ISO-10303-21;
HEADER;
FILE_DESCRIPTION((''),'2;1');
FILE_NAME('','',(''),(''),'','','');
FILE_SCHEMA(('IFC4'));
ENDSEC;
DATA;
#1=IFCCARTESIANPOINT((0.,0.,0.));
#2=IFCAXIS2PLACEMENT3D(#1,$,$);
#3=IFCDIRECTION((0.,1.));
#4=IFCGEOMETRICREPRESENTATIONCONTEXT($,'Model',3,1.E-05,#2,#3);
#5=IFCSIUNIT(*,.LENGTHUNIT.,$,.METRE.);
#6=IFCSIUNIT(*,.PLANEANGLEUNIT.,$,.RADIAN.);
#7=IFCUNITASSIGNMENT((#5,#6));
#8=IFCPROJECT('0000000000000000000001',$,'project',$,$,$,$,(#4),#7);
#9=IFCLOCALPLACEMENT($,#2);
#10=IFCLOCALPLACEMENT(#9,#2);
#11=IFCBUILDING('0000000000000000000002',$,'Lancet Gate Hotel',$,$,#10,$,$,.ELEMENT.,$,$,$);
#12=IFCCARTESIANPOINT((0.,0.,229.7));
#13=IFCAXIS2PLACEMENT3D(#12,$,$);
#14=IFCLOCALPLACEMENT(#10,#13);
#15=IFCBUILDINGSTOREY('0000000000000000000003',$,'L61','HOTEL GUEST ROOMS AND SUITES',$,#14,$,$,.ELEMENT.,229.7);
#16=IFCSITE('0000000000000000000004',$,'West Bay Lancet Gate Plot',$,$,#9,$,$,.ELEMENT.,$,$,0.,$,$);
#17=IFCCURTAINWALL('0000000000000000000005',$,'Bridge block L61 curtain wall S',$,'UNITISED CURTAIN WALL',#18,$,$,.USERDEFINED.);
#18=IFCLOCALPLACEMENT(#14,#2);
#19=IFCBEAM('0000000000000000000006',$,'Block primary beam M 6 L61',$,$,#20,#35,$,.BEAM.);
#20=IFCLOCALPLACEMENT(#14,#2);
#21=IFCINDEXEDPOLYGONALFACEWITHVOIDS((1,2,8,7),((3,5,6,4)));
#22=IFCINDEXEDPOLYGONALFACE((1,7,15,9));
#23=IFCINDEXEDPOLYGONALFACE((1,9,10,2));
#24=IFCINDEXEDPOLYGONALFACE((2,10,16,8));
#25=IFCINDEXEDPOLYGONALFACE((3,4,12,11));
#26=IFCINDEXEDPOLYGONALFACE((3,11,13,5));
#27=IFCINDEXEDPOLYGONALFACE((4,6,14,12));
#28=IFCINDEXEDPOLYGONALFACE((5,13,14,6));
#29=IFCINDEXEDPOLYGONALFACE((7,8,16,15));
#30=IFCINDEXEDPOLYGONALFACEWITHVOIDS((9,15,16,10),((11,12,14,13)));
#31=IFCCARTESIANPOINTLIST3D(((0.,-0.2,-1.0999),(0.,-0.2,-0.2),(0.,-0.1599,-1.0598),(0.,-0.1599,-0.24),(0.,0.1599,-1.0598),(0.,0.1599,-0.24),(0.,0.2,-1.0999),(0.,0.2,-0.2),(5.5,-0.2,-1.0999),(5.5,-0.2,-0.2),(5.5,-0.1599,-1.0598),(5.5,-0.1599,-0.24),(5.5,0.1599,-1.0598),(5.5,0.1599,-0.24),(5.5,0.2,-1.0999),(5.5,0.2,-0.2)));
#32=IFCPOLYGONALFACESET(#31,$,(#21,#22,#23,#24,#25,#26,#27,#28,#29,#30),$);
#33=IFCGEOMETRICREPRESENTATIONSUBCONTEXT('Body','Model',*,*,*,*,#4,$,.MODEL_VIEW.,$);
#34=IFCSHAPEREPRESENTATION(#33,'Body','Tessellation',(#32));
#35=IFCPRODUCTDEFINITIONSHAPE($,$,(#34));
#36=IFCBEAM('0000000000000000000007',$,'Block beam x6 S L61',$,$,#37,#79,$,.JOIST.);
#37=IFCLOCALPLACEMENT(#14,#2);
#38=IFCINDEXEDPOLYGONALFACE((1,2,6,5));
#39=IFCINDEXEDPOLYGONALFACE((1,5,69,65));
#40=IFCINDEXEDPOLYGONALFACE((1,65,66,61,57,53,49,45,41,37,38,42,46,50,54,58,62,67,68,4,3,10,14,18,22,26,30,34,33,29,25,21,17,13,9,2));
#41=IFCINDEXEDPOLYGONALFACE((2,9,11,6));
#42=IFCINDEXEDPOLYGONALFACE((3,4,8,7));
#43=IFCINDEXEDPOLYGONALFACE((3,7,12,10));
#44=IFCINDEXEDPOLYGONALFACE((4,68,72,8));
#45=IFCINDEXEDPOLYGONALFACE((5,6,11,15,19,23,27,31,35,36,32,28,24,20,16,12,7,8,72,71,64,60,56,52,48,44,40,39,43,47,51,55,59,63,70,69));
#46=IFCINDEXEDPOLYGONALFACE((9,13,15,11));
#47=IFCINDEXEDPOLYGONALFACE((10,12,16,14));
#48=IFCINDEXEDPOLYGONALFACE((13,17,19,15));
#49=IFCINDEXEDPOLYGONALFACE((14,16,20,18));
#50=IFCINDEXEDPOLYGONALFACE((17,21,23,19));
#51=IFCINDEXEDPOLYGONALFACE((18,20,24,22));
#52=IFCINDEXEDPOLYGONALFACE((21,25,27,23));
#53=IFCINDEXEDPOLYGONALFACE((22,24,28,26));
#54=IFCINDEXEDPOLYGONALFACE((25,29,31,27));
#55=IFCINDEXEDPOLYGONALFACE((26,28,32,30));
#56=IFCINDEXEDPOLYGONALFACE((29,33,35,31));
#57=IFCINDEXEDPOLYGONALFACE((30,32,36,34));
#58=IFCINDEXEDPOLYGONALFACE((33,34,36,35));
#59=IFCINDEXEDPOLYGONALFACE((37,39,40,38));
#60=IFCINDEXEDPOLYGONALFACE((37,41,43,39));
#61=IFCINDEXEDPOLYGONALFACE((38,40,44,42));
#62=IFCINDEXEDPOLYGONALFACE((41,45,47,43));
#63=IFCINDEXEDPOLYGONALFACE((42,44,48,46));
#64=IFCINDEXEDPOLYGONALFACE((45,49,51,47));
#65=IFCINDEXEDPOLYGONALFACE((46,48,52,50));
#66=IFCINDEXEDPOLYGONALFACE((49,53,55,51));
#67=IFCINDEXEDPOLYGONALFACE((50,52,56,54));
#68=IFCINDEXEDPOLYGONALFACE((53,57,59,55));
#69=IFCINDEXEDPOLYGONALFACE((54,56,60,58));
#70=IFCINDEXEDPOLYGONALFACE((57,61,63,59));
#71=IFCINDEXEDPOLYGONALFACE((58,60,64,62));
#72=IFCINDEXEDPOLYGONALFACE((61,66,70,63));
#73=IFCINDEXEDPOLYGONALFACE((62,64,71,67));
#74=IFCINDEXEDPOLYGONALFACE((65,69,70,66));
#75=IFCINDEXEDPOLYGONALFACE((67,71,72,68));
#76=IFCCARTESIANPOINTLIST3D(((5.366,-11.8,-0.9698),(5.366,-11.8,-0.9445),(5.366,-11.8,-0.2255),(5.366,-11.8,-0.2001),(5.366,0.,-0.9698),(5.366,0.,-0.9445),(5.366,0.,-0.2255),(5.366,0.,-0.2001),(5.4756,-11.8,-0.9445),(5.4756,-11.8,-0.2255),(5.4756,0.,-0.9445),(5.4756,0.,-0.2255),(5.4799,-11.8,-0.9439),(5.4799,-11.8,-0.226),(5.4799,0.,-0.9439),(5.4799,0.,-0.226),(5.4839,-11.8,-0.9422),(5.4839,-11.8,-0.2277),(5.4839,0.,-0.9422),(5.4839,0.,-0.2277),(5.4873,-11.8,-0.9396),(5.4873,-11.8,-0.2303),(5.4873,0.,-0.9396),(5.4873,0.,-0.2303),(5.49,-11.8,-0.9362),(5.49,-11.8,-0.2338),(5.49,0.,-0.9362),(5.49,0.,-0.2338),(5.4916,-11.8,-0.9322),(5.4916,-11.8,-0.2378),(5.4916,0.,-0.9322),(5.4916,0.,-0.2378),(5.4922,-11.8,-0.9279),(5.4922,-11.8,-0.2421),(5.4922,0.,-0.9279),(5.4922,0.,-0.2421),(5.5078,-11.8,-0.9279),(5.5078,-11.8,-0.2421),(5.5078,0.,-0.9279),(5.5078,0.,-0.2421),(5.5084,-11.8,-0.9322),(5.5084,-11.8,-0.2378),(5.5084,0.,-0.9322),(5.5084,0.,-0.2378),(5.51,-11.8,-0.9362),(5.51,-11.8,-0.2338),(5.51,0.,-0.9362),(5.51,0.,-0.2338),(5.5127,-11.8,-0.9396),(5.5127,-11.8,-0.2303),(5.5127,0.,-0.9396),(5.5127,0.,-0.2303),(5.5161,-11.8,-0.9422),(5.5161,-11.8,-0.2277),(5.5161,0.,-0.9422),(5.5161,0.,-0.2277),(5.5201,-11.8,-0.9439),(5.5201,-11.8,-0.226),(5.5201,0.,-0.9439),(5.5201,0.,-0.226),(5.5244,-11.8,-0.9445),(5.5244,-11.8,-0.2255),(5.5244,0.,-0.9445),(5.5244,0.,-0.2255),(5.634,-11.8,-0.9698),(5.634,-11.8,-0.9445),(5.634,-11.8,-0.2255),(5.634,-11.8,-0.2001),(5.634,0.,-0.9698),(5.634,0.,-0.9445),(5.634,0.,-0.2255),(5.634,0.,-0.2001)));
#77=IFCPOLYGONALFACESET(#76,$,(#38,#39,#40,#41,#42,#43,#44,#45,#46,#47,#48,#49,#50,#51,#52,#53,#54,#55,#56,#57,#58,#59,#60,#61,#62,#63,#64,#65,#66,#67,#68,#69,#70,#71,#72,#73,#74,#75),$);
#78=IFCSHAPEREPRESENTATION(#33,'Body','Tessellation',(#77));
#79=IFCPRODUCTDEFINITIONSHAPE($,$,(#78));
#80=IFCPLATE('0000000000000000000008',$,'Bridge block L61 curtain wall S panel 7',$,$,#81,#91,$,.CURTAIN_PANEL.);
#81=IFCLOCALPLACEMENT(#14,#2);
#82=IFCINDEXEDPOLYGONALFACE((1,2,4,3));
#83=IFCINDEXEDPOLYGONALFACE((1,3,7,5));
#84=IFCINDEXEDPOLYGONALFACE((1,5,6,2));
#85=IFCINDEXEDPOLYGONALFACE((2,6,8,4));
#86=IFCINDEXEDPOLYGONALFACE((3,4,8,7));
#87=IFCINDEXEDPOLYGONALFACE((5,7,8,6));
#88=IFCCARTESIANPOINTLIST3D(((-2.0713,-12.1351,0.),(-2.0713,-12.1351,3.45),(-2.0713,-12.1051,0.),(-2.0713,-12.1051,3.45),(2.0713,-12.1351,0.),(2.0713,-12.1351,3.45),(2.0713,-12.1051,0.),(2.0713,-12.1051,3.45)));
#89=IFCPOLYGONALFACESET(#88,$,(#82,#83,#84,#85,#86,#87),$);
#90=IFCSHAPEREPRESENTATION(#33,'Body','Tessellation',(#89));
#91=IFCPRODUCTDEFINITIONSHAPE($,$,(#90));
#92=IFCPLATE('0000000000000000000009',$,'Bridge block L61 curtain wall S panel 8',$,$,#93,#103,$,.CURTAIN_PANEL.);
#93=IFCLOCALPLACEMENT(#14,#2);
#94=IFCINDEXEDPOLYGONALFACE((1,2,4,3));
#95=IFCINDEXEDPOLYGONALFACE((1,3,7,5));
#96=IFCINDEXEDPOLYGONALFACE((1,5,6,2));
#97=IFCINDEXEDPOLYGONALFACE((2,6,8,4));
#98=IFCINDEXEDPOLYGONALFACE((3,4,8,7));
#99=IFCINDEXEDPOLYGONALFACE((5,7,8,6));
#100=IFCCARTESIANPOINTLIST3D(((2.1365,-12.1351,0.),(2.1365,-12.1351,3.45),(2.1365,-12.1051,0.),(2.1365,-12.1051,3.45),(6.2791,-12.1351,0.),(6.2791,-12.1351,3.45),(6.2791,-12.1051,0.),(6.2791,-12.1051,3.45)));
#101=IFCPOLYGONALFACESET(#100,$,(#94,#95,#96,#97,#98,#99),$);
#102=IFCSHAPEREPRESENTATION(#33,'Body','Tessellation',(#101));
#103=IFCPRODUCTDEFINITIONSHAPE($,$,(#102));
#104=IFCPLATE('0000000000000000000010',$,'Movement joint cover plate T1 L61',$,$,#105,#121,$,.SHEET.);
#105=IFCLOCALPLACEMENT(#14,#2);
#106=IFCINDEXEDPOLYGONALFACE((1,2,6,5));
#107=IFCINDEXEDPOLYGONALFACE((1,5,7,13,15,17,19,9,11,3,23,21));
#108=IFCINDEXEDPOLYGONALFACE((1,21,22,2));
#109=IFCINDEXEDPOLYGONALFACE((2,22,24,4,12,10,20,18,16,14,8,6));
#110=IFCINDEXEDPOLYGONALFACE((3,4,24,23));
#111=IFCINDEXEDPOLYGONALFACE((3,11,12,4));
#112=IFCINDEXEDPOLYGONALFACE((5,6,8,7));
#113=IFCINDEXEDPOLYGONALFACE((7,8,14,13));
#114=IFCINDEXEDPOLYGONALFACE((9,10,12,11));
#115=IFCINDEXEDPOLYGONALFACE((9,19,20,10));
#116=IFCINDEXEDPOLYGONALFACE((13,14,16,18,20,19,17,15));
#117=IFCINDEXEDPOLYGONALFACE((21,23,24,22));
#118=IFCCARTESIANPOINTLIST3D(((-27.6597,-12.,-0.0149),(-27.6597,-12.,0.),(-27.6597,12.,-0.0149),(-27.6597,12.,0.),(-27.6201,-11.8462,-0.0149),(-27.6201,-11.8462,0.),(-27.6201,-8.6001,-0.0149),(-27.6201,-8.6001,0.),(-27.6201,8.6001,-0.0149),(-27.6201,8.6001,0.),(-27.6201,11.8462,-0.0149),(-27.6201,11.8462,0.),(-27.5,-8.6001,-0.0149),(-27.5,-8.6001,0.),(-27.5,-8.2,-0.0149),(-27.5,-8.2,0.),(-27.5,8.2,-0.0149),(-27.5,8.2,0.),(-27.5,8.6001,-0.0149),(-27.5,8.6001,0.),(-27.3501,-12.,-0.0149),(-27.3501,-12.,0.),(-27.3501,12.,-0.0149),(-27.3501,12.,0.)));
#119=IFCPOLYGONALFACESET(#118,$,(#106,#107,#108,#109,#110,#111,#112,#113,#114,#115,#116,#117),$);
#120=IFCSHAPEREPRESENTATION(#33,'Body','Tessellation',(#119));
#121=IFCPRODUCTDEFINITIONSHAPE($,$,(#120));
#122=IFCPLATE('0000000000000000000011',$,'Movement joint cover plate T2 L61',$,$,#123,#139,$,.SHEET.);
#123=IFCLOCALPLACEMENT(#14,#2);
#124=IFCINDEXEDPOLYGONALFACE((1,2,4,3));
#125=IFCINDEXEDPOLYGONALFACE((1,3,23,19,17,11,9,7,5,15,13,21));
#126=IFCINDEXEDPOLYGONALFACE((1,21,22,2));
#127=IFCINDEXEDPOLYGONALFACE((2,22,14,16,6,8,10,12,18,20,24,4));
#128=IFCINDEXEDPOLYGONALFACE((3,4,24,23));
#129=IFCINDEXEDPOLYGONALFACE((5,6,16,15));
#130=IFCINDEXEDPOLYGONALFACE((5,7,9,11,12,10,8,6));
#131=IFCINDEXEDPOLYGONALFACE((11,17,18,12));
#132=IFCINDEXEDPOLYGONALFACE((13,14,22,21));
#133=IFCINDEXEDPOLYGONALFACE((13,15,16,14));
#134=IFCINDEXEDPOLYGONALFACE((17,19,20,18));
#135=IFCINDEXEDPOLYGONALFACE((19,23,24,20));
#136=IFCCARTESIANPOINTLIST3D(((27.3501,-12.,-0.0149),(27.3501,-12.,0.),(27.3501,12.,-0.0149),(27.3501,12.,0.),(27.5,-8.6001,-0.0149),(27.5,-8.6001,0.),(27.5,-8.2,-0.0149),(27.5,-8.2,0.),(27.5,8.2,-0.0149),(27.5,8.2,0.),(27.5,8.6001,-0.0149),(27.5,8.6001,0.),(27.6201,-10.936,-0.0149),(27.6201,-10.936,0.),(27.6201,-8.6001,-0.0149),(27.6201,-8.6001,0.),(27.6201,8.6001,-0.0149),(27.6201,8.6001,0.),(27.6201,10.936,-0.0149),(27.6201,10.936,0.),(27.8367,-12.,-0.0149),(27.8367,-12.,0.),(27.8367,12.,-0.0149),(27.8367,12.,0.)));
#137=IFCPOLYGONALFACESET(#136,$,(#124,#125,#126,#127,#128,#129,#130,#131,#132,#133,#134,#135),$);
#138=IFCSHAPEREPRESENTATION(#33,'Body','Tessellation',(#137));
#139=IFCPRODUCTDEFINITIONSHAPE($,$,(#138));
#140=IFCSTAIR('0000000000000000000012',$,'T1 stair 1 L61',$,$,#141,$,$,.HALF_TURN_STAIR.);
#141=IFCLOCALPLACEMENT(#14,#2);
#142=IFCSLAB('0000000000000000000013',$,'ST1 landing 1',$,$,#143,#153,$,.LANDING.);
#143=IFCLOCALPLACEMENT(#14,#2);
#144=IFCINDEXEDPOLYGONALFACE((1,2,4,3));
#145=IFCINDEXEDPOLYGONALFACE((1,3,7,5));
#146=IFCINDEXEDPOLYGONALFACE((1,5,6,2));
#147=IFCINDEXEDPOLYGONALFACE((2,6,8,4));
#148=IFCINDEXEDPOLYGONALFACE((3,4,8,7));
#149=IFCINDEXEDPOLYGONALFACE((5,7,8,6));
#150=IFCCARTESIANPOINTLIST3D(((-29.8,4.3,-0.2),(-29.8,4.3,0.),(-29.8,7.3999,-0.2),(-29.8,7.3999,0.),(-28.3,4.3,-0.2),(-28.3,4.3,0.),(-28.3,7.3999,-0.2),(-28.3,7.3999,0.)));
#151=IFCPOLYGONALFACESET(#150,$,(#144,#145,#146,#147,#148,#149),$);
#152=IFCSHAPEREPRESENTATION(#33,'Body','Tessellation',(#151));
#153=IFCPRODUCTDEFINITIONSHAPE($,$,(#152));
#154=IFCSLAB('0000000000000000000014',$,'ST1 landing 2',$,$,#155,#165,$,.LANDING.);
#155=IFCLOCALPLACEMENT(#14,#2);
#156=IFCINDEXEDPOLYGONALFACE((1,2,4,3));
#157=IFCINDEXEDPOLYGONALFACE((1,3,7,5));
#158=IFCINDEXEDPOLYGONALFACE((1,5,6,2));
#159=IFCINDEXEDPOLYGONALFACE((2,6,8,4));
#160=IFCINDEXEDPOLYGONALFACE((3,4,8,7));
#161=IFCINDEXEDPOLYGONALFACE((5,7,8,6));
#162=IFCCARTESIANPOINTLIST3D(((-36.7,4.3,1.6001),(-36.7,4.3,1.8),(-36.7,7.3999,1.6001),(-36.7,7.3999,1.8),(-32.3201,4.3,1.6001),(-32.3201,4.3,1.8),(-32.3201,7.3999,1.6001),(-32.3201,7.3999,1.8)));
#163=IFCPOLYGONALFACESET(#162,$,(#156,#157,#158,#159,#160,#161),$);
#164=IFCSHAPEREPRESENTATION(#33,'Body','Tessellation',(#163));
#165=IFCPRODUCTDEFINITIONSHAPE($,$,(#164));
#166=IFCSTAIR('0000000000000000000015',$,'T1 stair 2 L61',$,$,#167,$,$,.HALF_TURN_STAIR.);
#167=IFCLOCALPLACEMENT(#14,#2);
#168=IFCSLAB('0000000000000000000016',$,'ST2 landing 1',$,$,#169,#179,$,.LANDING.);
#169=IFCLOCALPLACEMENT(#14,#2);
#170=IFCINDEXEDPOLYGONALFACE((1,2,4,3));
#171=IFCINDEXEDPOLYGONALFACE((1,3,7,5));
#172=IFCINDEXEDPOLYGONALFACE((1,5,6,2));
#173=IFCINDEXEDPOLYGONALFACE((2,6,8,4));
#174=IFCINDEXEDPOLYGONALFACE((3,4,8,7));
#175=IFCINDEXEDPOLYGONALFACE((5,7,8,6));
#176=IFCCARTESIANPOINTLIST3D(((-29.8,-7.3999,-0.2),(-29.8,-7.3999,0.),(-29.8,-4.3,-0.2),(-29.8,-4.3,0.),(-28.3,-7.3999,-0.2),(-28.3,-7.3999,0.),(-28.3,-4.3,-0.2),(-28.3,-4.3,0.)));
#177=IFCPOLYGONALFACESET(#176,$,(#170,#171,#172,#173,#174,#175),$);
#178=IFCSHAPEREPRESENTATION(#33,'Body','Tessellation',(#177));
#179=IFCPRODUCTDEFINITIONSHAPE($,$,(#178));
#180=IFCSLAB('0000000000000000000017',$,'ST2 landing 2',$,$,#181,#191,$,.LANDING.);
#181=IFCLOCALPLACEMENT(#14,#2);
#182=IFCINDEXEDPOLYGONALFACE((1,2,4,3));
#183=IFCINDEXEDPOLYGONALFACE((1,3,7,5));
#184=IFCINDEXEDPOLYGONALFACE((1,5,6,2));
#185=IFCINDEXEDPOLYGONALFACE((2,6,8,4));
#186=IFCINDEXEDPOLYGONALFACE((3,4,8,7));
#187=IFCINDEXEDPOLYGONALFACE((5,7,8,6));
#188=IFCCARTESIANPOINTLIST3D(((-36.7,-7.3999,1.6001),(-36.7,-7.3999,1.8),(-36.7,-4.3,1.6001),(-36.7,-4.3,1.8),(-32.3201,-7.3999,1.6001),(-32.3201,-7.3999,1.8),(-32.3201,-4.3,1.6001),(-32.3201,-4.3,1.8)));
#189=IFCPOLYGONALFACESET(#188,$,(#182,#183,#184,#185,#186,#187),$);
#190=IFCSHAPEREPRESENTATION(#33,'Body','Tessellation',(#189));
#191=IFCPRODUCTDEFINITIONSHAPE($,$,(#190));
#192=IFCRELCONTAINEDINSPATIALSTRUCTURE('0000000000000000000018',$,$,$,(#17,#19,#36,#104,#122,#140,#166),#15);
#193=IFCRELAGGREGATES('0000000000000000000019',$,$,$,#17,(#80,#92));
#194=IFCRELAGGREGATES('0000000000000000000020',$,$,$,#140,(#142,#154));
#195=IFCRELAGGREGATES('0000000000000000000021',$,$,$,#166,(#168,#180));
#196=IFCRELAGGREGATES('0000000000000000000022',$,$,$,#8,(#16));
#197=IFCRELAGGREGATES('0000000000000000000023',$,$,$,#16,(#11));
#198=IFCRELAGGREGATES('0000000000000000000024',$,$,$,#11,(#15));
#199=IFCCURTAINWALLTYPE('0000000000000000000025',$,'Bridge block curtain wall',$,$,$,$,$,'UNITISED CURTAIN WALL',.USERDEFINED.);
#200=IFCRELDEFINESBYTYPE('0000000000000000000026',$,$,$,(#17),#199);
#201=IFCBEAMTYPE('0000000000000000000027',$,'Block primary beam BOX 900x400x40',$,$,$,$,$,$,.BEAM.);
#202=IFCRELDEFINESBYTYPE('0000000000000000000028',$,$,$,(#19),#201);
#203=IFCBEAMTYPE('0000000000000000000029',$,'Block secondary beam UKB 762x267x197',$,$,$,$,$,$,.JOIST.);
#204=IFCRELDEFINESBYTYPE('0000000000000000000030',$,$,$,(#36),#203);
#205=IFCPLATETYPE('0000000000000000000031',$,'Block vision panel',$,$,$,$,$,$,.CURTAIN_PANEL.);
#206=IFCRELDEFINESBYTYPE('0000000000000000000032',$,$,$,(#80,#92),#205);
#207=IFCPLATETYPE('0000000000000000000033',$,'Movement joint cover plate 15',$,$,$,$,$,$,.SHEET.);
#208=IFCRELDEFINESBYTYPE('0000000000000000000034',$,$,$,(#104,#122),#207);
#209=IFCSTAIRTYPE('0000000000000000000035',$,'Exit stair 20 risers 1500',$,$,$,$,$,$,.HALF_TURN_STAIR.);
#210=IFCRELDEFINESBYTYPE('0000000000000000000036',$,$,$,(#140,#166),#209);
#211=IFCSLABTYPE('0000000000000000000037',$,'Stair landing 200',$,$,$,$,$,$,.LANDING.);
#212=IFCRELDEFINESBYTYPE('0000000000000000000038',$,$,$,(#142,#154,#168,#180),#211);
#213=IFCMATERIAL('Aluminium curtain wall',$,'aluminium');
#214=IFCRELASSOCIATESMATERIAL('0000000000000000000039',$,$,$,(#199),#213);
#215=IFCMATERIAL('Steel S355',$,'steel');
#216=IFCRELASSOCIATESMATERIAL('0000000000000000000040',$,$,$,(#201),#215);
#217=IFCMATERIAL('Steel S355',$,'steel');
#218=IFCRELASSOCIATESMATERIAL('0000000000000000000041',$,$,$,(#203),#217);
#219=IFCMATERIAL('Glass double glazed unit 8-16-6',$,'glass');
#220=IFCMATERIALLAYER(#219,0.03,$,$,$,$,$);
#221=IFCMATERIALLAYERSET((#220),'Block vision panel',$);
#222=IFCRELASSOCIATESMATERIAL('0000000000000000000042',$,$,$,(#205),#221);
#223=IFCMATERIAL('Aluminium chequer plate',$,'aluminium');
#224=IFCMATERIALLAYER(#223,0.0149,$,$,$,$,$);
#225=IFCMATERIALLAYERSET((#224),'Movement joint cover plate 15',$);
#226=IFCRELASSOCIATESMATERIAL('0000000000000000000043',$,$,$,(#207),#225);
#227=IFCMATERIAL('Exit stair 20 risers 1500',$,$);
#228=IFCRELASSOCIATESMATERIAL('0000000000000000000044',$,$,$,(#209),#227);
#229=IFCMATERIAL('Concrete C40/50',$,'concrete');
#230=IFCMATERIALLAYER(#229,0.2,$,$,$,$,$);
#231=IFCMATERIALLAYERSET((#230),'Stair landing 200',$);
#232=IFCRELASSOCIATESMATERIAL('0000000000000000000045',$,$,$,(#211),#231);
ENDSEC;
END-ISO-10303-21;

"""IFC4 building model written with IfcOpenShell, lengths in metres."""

from ifc_helpers import new_model, si_unit, direction, frame, origin, origin_2d, place, context, subcontext, project, spatial, polyline, rectangle, hollow_rectangle, i_section, outline, extrude, material, layer, layer_set, material_profile, profile_set, type_object, element, aggregate, save


model = new_model("IFC4")

# Units and contexts
model_context = context("Model", 3, precision=1e-05, world=origin(), true_north=direction((0.0, 1.0)))
body_context = subcontext(model_context, "Body", "Model", "MODEL_VIEW")
ifc_project = project(units=[si_unit("LENGTHUNIT", "METRE"), si_unit("PLANEANGLEUNIT", "RADIAN")], contexts=[model_context])

# Site, building, storey
site_placement = place(None, origin())
site = spatial("IfcSite", under=ifc_project, at=site_placement, Name="West Bay Lancet Gate Plot", CompositionType="ELEMENT", RefElevation=0.0)
building_placement = place(site_placement, origin())
building = spatial("IfcBuilding", under=site, at=building_placement, Name="Lancet Gate Hotel", CompositionType="ELEMENT")
storey_placement = place(building_placement, frame((0.0, 0.0, 229.7)))
storey = spatial("IfcBuildingStorey", under=building, at=storey_placement, Name="L61", Description="HOTEL GUEST ROOMS AND SUITES", CompositionType="ELEMENT", Elevation=229.7)

# Curtain wall
ifc_material_1 = material(Name="Aluminium curtain wall", Category="aluminium")
curtain_wall_type = type_object("IfcCurtainWallType", Name="Bridge block curtain wall", ElementType="UNITISED CURTAIN WALL", PredefinedType="USERDEFINED", material=ifc_material_1)
curtain_wall_placement = place(storey_placement, origin())
curtain_wall = element("IfcCurtainWall", 1, at=curtain_wall_placement, inside=storey, type_object=curtain_wall_type, Name="Bridge block L61 curtain wall S", ObjectType="UNITISED CURTAIN WALL", PredefinedType="USERDEFINED")

# Beams
ifc_material_2 = material(Name="Steel S355", Category="steel")
ifc_material_profile_1 = material_profile(ifc_material_2, hollow_rectangle(XDim=0.3999, YDim=0.8999, WallThickness=0.04, at=origin_2d()), Name="BOX 900x400x40")
ifc_profile_set_1 = profile_set([ifc_material_profile_1], Name="Steel S355")
beam_type_1 = type_object("IfcBeamType", Name="Block primary beam BOX 900x400x40", PredefinedType="BEAM", material=ifc_profile_set_1)
for number, where, z_axis, x_axis, name in (
    (2, (0.0, 0.0, -0.6499), (1.0, 0.0, 0.0), (0.0, 1.0, 0.0), "Block primary beam M 6 L61"),
):
    element("IfcBeam", number, at=place(storey_placement, frame(where, z_axis=z_axis, x_axis=x_axis)), inside=storey, type_object=beam_type_1, Name=name, PredefinedType="BEAM", context=body_context, shape_type="SweptSolid", body=[
        extrude(hollow_rectangle(XDim=0.3999, YDim=0.8999, WallThickness=0.04, at=origin_2d()), origin(), (0.0, 0.0, 1.0), 5.5),
    ])
ifc_material_3 = material(Name="Steel S355", Category="steel")
ifc_material_profile_2 = material_profile(ifc_material_3, i_section(OverallWidth=0.2681, OverallDepth=0.7698, WebThickness=0.0156, FlangeThickness=0.0254, FilletRadius=0.0166, at=origin_2d()), Name="UKB 762x267x197")
ifc_profile_set_2 = profile_set([ifc_material_profile_2], Name="Steel S355")
beam_type_2 = type_object("IfcBeamType", Name="Block secondary beam UKB 762x267x197", PredefinedType="JOIST", material=ifc_profile_set_2)
beam_1_placement = place(storey_placement, frame((5.5, -11.8, -0.585), z_axis=(0.0, 1.0, 0.0), x_axis=(-1.0, 0.0, 0.0)))
element("IfcBeam", 3, at=beam_1_placement, inside=storey, type_object=beam_type_2, Name="Block beam x6 S L61", PredefinedType="JOIST", context=body_context, shape_type="SweptSolid", body=[
    extrude(i_section(OverallWidth=0.2681, OverallDepth=0.7698, WebThickness=0.0156, FlangeThickness=0.0254, FilletRadius=0.0166, at=origin_2d()), origin(), (0.0, 0.0, 1.0), 11.8),
])

# Plates
ifc_material_4 = material(Name="Glass double glazed unit 8-16-6", Category="glass")
ifc_layer_1 = layer(ifc_material_4, 0.03)
ifc_layer_set_1 = layer_set([ifc_layer_1], Name="Block vision panel")
plate_type_1 = type_object("IfcPlateType", Name="Block vision panel", PredefinedType="CURTAIN_PANEL", material=ifc_layer_set_1)
plate_1_placement = place(storey_placement, frame((0.0, -12.1201, 0.0), z_axis=(0.0, 0.0, 1.0), x_axis=(1.0, 0.0, 0.0)))
plate_1 = element("IfcPlate", 4, at=plate_1_placement, type_object=plate_type_1, Name="Bridge block L61 curtain wall S panel 7", PredefinedType="CURTAIN_PANEL", context=body_context, shape_type="SweptSolid", body=[
    extrude(rectangle(XDim=4.1426, YDim=0.03, at=origin_2d()), origin(), (0.0, 0.0, 1.0), 3.45),
])
plate_2_placement = place(storey_placement, frame((4.2078, -12.1201, 0.0), z_axis=(0.0, 0.0, 1.0), x_axis=(1.0, 0.0, 0.0)))
plate_2 = element("IfcPlate", 5, at=plate_2_placement, type_object=plate_type_1, Name="Bridge block L61 curtain wall S panel 8", PredefinedType="CURTAIN_PANEL", context=body_context, shape_type="SweptSolid", body=[
    extrude(rectangle(XDim=4.1426, YDim=0.03, at=origin_2d()), origin(), (0.0, 0.0, 1.0), 3.45),
])
aggregate(curtain_wall, [plate_1, plate_2])

# Plates
ifc_material_5 = material(Name="Aluminium chequer plate", Category="aluminium")
ifc_layer_2 = layer(ifc_material_5, 0.0149)
ifc_layer_set_2 = layer_set([ifc_layer_2], Name="Movement joint cover plate 15")
plate_type_2 = type_object("IfcPlateType", Name="Movement joint cover plate 15", PredefinedType="SHEET", material=ifc_layer_set_2)
plate_3_placement = place(storey_placement, frame((0.0, 0.0, -0.0149)))
element("IfcPlate", 6, at=plate_3_placement, inside=storey, type_object=plate_type_2, Name="Movement joint cover plate T1 L61", PredefinedType="SHEET", context=body_context, shape_type="SweptSolid", body=[
    extrude(outline(polyline([(-27.3501, 12.0), (-27.6597, 12.0), (-27.6201, 11.8462), (-27.6201, 8.6001), (-27.5, 8.6001), (-27.5, 8.2), (-27.5, -8.2), (-27.5, -8.6001), (-27.6201, -8.6001), (-27.6201, -11.8462), (-27.6597, -12.0), (-27.3501, -12.0), (-27.3501, 12.0)])), origin(), (0.0, 0.0, 1.0), 0.0149),
])
plate_4_placement = place(storey_placement, frame((0.0, 0.0, -0.0149)))
element("IfcPlate", 7, at=plate_4_placement, inside=storey, type_object=plate_type_2, Name="Movement joint cover plate T2 L61", PredefinedType="SHEET", context=body_context, shape_type="SweptSolid", body=[
    extrude(outline(polyline([(27.3501, -12.0), (27.8367, -12.0), (27.6201, -10.936), (27.6201, -8.6001), (27.5, -8.6001), (27.5, -8.2), (27.5, 8.2), (27.5, 8.6001), (27.6201, 8.6001), (27.6201, 10.936), (27.8367, 12.0), (27.3501, 12.0), (27.3501, -12.0)])), origin(), (0.0, 0.0, 1.0), 0.0149),
])

# Stairs, slabs
ifc_material_6 = material(Name="Exit stair 20 risers 1500")
stair_type = type_object("IfcStairType", Name="Exit stair 20 risers 1500", PredefinedType="HALF_TURN_STAIR", material=ifc_material_6)
stair_1_placement = place(storey_placement, origin())
stair_1 = element("IfcStair", 8, at=stair_1_placement, inside=storey, type_object=stair_type, Name="T1 stair 1 L61", PredefinedType="HALF_TURN_STAIR")
ifc_material_7 = material(Name="Concrete C40/50", Category="concrete")
ifc_layer_3 = layer(ifc_material_7, 0.2)
ifc_layer_set_3 = layer_set([ifc_layer_3], Name="Stair landing 200")
slab_type = type_object("IfcSlabType", Name="Stair landing 200", PredefinedType="LANDING", material=ifc_layer_set_3)
slab_1_placement = place(storey_placement, frame((0.0, 0.0, -0.2)))
slab_1 = element("IfcSlab", 9, at=slab_1_placement, type_object=slab_type, Name="ST1 landing 1", PredefinedType="LANDING", context=body_context, shape_type="SweptSolid", body=[
    extrude(outline(polyline([(-28.3, 7.3999), (-29.8, 7.3999), (-29.8, 4.3), (-28.3, 4.3), (-28.3, 7.3999)])), origin(), (0.0, 0.0, 1.0), 0.2),
])
slab_2_placement = place(storey_placement, frame((0.0, 0.0, 1.6001)))
slab_2 = element("IfcSlab", 10, at=slab_2_placement, type_object=slab_type, Name="ST1 landing 2", PredefinedType="LANDING", context=body_context, shape_type="SweptSolid", body=[
    extrude(outline(polyline([(-32.3201, 7.3999), (-36.7, 7.3999), (-36.7, 4.3), (-32.3201, 4.3), (-32.3201, 7.3999)])), origin(), (0.0, 0.0, 1.0), 0.2),
])
aggregate(stair_1, [slab_1, slab_2])
stair_2_placement = place(storey_placement, origin())
stair_2 = element("IfcStair", 11, at=stair_2_placement, inside=storey, type_object=stair_type, Name="T1 stair 2 L61", PredefinedType="HALF_TURN_STAIR")
slab_3_placement = place(storey_placement, frame((0.0, 0.0, -0.2)))
slab_3 = element("IfcSlab", 12, at=slab_3_placement, type_object=slab_type, Name="ST2 landing 1", PredefinedType="LANDING", context=body_context, shape_type="SweptSolid", body=[
    extrude(outline(polyline([(-28.3, -4.3), (-29.8, -4.3), (-29.8, -7.3999), (-28.3, -7.3999), (-28.3, -4.3)])), origin(), (0.0, 0.0, 1.0), 0.2),
])
slab_4_placement = place(storey_placement, frame((0.0, 0.0, 1.6001)))
slab_4 = element("IfcSlab", 13, at=slab_4_placement, type_object=slab_type, Name="ST2 landing 2", PredefinedType="LANDING", context=body_context, shape_type="SweptSolid", body=[
    extrude(outline(polyline([(-32.3201, -4.3), (-36.7, -4.3), (-36.7, -7.3999), (-32.3201, -7.3999), (-32.3201, -4.3)])), origin(), (0.0, 0.0, 1.0), 0.2),
])
aggregate(stair_2, [slab_3, slab_4])

save(model, "model.ifc")
